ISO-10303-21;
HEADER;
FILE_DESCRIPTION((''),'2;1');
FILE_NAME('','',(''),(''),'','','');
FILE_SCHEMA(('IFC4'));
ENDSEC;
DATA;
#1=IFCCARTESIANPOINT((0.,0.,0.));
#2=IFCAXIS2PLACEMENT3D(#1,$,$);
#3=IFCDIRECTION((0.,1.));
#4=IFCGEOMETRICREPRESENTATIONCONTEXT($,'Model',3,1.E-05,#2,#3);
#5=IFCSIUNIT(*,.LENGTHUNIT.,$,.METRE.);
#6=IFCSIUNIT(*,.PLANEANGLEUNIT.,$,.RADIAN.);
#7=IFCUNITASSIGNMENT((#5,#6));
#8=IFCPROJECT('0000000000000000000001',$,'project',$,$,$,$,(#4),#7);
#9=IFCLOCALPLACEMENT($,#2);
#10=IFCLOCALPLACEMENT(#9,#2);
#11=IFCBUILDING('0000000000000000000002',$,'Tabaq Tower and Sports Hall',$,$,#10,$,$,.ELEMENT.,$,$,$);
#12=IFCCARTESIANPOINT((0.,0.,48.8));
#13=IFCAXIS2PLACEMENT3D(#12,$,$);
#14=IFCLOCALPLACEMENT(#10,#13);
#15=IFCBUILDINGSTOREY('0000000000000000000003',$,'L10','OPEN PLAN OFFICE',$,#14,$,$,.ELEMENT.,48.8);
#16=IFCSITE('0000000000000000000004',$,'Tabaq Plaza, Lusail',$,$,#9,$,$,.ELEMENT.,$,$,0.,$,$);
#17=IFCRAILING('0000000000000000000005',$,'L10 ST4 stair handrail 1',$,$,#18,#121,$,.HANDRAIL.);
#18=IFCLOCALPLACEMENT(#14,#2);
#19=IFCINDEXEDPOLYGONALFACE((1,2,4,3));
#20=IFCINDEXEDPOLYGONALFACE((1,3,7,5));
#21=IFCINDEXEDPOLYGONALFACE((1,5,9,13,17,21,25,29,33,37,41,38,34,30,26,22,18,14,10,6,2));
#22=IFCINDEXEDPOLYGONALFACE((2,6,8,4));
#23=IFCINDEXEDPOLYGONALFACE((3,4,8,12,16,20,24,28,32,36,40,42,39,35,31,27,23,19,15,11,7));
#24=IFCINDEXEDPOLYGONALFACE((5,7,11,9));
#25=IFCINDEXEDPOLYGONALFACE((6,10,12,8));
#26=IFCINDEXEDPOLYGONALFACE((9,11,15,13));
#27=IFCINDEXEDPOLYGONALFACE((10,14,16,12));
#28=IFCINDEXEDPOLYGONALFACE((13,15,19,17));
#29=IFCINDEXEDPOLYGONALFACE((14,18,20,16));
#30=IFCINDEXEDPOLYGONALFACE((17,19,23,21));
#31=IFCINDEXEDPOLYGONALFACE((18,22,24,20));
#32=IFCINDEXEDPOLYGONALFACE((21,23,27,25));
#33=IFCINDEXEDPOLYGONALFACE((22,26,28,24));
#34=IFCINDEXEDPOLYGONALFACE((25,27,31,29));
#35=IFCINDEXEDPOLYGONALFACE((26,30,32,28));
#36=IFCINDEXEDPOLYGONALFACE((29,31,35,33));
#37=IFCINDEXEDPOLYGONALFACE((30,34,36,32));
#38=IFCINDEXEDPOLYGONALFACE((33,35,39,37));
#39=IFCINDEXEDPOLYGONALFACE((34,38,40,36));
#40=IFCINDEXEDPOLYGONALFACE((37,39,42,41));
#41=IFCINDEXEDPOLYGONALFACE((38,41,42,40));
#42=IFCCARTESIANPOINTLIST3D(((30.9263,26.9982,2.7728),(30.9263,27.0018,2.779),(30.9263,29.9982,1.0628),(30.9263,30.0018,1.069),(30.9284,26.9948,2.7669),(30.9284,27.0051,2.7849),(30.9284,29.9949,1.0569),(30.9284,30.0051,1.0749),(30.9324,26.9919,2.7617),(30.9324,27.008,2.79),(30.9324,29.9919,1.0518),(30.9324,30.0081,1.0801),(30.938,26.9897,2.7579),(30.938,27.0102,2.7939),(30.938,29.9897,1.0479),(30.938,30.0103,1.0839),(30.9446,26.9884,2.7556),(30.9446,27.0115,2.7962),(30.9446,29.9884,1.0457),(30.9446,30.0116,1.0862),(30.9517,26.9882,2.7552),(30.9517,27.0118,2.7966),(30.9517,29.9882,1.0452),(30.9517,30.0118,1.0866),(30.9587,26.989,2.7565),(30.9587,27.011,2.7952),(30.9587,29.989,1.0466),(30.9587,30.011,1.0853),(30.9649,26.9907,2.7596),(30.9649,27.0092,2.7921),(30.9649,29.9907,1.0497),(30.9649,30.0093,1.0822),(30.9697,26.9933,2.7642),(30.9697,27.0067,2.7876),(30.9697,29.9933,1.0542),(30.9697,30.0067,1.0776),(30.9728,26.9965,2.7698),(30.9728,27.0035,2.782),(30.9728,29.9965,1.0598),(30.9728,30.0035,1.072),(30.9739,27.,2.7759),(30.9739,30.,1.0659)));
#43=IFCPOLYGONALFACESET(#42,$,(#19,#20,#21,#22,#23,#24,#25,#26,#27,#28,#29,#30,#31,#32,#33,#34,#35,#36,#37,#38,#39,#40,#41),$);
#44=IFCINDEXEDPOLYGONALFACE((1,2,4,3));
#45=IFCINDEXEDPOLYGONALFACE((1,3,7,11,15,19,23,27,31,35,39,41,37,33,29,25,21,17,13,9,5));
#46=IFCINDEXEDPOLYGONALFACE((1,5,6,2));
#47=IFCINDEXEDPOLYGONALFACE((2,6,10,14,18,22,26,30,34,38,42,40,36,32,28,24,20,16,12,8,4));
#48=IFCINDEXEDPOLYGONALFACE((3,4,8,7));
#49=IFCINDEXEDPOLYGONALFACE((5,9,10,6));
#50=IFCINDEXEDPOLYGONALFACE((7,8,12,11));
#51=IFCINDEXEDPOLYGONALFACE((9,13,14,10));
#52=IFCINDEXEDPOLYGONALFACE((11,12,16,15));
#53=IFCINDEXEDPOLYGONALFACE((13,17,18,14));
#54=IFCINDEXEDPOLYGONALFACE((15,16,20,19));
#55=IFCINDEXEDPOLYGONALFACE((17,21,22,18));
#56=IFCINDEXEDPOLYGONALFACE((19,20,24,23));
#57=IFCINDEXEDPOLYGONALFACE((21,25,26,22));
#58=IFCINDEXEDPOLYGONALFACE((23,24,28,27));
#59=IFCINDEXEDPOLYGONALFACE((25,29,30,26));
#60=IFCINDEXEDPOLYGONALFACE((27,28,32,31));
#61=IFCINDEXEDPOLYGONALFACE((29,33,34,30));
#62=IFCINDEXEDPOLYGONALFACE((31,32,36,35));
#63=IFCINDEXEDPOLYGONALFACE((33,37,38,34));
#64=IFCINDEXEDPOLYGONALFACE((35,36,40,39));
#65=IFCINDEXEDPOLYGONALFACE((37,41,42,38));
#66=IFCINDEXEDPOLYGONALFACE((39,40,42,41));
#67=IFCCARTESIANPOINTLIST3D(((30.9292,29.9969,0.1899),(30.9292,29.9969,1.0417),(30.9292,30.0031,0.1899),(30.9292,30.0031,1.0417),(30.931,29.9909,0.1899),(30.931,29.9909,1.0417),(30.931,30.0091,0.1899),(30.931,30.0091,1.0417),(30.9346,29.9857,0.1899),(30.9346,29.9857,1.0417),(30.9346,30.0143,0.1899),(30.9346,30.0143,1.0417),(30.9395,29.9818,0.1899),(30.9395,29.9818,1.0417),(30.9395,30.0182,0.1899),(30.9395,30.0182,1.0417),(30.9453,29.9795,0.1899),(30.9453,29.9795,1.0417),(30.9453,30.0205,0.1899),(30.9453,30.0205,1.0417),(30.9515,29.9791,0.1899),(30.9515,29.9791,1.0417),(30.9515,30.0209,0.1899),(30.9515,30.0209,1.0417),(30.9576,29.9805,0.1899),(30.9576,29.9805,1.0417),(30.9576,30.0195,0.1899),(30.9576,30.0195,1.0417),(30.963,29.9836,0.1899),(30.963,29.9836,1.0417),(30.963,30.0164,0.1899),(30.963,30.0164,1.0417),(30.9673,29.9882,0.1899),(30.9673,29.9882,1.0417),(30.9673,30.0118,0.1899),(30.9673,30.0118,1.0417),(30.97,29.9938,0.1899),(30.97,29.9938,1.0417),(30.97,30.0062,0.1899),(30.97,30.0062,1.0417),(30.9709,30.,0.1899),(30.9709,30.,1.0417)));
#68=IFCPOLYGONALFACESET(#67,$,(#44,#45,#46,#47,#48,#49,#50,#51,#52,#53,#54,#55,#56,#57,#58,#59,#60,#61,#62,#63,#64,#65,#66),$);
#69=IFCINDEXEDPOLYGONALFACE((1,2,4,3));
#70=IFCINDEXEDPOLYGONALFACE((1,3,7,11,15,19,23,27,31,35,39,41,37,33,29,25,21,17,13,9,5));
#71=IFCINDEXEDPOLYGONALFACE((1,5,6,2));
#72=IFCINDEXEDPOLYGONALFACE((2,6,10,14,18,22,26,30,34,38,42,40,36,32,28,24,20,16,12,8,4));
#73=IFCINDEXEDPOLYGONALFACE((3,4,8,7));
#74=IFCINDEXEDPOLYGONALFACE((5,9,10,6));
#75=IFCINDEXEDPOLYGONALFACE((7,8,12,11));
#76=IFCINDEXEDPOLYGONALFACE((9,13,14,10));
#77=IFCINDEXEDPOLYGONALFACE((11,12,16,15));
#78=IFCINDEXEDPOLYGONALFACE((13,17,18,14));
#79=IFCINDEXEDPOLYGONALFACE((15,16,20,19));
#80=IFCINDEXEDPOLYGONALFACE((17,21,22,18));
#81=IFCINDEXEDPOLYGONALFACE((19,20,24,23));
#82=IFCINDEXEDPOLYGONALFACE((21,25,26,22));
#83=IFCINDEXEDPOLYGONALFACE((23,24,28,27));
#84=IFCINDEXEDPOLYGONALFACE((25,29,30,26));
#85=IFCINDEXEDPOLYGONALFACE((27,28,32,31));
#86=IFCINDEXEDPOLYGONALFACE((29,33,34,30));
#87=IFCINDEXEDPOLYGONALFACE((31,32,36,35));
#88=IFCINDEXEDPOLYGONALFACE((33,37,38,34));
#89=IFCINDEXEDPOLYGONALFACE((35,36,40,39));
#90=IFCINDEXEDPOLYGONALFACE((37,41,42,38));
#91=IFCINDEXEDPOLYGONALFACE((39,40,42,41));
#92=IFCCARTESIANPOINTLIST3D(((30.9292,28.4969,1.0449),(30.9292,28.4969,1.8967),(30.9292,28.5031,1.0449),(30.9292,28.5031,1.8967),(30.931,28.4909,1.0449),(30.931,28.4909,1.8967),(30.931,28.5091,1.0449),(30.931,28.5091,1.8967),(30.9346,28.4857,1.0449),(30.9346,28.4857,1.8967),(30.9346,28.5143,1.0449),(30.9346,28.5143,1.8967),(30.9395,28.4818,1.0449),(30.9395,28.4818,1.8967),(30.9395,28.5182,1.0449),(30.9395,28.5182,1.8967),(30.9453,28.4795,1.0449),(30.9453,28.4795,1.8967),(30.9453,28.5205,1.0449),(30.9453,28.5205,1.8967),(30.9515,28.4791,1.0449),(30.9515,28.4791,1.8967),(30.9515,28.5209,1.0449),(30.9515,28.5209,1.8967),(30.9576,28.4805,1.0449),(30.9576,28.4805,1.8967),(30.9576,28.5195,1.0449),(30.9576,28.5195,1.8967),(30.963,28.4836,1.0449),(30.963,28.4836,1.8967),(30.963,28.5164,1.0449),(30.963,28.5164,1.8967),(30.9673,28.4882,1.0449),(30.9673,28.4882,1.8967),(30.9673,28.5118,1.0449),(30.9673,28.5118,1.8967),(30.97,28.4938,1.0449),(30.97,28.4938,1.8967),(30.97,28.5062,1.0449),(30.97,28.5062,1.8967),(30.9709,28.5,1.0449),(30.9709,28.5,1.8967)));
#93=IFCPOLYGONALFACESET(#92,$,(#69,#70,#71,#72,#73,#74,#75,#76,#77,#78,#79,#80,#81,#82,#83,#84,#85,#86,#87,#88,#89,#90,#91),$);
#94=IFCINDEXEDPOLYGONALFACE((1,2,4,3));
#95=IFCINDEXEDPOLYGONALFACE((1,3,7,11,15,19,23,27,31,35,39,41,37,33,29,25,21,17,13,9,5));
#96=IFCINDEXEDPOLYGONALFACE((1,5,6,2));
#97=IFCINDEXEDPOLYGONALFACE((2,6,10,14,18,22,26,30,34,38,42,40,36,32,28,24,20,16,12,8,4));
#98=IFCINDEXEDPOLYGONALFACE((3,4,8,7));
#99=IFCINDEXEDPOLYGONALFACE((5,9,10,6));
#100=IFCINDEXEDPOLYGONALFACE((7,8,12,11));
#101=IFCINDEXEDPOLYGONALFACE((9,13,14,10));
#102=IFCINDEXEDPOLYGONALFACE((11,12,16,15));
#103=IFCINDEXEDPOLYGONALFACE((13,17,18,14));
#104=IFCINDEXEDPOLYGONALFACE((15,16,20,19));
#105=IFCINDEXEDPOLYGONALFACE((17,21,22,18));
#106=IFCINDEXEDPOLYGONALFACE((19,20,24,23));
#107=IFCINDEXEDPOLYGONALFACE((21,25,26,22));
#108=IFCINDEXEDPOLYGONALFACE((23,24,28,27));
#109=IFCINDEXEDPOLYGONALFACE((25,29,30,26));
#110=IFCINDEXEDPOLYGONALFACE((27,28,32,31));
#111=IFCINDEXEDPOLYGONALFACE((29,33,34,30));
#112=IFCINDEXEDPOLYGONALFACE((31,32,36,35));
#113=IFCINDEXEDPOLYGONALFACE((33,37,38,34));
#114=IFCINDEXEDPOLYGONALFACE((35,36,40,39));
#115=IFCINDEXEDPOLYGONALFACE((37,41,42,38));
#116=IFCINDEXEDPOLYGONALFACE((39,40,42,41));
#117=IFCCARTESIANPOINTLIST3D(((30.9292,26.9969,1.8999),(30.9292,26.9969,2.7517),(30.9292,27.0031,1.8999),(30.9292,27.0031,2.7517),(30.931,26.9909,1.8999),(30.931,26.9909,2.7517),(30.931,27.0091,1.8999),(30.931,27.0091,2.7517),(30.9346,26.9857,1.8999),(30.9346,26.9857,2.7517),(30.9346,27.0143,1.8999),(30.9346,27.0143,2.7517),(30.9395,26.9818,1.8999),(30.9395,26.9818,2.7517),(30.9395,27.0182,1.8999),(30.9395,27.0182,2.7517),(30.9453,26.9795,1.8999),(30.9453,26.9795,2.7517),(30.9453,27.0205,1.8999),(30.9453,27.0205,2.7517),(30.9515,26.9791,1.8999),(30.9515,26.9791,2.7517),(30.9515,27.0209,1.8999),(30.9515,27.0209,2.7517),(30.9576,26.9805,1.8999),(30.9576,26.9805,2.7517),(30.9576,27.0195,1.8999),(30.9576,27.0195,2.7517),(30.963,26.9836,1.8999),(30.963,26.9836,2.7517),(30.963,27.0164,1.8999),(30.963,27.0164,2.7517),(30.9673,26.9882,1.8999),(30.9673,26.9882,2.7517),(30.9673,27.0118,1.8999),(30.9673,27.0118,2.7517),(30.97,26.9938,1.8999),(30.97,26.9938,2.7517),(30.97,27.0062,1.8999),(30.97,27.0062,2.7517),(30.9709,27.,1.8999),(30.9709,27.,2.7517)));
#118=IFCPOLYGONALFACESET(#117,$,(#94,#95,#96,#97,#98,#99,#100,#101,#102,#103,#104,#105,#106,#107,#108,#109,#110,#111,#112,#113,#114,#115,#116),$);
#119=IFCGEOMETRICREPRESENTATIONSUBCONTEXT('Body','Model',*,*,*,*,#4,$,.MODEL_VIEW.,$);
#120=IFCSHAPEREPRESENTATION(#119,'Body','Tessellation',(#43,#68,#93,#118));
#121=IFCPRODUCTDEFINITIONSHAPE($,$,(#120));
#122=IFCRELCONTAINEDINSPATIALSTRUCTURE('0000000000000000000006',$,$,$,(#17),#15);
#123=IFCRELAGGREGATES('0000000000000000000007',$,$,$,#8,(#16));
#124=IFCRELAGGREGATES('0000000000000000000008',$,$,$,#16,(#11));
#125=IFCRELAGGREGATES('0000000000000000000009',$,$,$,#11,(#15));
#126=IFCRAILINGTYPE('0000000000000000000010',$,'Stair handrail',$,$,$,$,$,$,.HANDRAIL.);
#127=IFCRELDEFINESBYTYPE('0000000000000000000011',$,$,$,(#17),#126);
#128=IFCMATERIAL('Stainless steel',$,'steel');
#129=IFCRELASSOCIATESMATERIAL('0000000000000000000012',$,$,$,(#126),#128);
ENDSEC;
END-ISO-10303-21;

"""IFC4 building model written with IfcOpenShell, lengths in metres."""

from ifc_helpers import new_model, si_unit, direction, frame, origin, origin_2d, place, context, subcontext, project, spatial, circle, extrude, material, type_object, element, save


model = new_model("IFC4")

# Units and contexts
model_context = context("Model", 3, precision=1e-05, world=origin(), true_north=direction((0.0, 1.0)))
body_context = subcontext(model_context, "Body", "Model", "MODEL_VIEW")
ifc_project = project(units=[si_unit("LENGTHUNIT", "METRE"), si_unit("PLANEANGLEUNIT", "RADIAN")], contexts=[model_context])

# Site, building, storey
site_placement = place(None, origin())
site = spatial("IfcSite", under=ifc_project, at=site_placement, Name="Tabaq Plaza, Lusail", CompositionType="ELEMENT", RefElevation=0.0)
building_placement = place(site_placement, origin())
building = spatial("IfcBuilding", under=site, at=building_placement, Name="Tabaq Tower and Sports Hall", CompositionType="ELEMENT")
storey_placement = place(building_placement, frame((0.0, 0.0, 48.8)))
storey = spatial("IfcBuildingStorey", under=building, at=storey_placement, Name="L10", Description="OPEN PLAN OFFICE", CompositionType="ELEMENT", Elevation=48.8)

# Railing
ifc_material_1 = material(Name="Stainless steel", Category="steel")
railing_type_1 = type_object("IfcRailingType", Name="Stair handrail", PredefinedType="HANDRAIL", material=ifc_material_1)
railing_1_placement = place(storey_placement, frame((30.95, 30.0, 0.1899)))
element("IfcRailing", 1, at=railing_1_placement, inside=storey, type_object=railing_type_1, Name="L10 ST4 stair handrail 1", PredefinedType="HANDRAIL", context=body_context, shape_type="SweptSolid", body=[
    extrude(circle(Radius=0.0239, at=origin_2d()), frame((0.0, 0.0, 0.876), z_axis=(0.0, -0.868782, 0.495195), x_axis=(1.0, 0.0, 0.0)), (0.0, 0.0, 1.0), 3.4531),
    extrude(circle(Radius=0.021, at=origin_2d()), origin(), (0.0, 0.0, 1.0), 0.8518),
    extrude(circle(Radius=0.021, at=origin_2d()), frame((0.0, -1.5, 0.855)), (0.0, 0.0, 1.0), 0.8518),
    extrude(circle(Radius=0.021, at=origin_2d()), frame((0.0, -3.0, 1.71)), (0.0, 0.0, 1.0), 0.8518),
])

save(model, "model.ifc")
